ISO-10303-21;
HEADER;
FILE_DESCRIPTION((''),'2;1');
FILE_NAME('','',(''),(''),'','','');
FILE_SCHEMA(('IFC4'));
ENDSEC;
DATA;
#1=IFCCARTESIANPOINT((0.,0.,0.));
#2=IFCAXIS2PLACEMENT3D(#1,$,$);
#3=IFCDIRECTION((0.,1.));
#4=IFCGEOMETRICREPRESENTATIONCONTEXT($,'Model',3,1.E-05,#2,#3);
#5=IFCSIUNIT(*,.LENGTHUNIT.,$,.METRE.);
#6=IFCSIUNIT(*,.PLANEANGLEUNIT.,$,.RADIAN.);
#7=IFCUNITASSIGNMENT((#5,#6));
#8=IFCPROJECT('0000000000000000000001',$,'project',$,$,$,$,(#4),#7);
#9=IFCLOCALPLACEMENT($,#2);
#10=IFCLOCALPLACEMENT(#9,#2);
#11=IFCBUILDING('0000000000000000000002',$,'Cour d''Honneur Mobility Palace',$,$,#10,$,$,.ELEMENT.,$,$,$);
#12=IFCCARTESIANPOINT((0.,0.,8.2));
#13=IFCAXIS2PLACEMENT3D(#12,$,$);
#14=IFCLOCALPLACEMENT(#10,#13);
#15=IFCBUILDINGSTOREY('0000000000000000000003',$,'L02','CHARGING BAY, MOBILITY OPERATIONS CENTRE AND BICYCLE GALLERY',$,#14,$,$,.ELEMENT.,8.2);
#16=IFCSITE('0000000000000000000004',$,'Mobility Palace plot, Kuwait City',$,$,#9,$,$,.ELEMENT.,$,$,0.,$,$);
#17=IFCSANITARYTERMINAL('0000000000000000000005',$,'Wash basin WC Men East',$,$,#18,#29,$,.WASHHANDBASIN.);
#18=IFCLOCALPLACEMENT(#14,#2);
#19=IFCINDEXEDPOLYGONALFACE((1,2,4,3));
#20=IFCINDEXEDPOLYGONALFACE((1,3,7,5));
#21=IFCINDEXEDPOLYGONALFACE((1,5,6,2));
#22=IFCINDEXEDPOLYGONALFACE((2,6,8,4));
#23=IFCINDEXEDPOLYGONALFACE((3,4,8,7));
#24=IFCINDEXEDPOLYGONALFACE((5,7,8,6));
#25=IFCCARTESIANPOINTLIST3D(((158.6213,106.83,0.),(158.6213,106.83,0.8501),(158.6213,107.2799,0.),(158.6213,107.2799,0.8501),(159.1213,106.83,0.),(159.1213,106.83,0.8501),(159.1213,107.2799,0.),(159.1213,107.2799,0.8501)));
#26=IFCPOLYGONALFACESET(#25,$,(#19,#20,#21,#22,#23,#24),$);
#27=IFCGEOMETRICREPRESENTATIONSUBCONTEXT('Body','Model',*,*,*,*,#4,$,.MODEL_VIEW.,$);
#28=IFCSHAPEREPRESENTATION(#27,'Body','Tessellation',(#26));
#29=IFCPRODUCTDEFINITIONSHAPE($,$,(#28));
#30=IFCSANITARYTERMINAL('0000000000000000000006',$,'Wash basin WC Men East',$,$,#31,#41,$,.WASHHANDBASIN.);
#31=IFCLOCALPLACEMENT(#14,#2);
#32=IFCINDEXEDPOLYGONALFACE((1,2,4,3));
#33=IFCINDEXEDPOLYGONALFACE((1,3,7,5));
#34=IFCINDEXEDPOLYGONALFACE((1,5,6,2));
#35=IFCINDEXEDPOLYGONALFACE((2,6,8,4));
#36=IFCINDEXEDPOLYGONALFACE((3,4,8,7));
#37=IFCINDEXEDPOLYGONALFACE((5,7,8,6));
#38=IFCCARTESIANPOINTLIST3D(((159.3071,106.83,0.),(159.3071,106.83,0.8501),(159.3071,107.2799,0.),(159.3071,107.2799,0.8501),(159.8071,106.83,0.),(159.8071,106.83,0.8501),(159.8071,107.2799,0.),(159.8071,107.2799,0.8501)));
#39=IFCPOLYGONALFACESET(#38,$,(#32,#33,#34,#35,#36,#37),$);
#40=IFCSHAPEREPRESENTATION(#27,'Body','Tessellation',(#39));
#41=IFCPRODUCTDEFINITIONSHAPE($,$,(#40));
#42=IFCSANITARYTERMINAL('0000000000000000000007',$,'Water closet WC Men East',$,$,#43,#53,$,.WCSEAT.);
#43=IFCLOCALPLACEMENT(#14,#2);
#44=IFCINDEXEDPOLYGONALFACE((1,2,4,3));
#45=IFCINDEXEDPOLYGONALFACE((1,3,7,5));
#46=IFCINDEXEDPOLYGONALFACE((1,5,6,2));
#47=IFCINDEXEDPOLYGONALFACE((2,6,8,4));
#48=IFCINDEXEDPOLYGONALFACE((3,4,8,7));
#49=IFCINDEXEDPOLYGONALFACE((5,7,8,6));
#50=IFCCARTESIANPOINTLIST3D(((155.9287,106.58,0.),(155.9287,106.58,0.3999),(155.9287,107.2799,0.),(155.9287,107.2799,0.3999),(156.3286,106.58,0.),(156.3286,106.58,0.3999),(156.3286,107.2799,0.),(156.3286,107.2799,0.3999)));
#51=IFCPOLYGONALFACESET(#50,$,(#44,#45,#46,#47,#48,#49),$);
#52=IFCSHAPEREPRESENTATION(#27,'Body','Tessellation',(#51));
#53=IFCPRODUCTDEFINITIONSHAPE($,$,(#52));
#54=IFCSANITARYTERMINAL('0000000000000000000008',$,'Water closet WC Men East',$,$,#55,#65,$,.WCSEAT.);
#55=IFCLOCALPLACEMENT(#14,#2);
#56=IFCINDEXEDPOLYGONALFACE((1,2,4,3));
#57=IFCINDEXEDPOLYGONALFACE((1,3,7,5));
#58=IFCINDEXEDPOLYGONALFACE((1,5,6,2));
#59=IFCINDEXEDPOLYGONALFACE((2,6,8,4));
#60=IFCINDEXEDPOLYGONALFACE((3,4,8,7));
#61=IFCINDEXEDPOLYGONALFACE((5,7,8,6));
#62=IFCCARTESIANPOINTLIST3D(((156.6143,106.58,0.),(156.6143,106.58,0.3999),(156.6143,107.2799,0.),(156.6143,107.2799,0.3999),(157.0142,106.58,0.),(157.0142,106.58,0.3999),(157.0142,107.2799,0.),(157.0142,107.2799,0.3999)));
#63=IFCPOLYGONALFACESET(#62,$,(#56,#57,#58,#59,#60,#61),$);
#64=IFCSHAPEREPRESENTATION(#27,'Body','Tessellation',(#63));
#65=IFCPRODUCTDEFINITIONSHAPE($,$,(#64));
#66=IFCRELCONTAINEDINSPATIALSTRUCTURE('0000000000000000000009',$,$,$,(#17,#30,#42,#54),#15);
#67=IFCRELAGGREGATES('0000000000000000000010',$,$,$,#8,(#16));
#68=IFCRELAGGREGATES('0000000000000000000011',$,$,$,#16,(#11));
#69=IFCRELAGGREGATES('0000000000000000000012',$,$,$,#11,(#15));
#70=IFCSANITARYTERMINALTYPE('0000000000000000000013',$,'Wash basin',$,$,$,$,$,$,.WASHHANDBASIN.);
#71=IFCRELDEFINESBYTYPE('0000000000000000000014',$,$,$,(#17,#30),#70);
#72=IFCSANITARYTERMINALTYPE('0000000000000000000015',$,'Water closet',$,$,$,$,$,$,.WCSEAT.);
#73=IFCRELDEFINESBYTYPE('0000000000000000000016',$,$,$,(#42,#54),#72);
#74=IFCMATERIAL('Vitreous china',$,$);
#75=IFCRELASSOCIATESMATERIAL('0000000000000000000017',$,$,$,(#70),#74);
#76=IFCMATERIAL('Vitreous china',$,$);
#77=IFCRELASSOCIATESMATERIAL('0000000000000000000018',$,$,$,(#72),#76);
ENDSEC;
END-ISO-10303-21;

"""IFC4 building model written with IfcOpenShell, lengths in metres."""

from ifc_helpers import new_model, si_unit, direction, frame, origin, origin_2d, place, context, subcontext, project, spatial, rectangle, extrude, material, type_object, element, save


model = new_model("IFC4")

# Units and contexts
model_context = context("Model", 3, precision=1e-05, world=origin(), true_north=direction((0.0, 1.0)))
body_context = subcontext(model_context, "Body", "Model", "MODEL_VIEW")
ifc_project = project(units=[si_unit("LENGTHUNIT", "METRE"), si_unit("PLANEANGLEUNIT", "RADIAN")], contexts=[model_context])

# Site, building, storey
site_placement = place(None, origin())
site = spatial("IfcSite", under=ifc_project, at=site_placement, Name="Mobility Palace plot, Kuwait City", CompositionType="ELEMENT", RefElevation=0.0)
building_placement = place(site_placement, origin())
building = spatial("IfcBuilding", under=site, at=building_placement, Name="Cour d'Honneur Mobility Palace", CompositionType="ELEMENT")
storey_placement = place(building_placement, frame((0.0, 0.0, 8.2)))
storey = spatial("IfcBuildingStorey", under=building, at=storey_placement, Name="L02", Description="CHARGING BAY, MOBILITY OPERATIONS CENTRE AND BICYCLE GALLERY", CompositionType="ELEMENT", Elevation=8.2)

# Sanitary terminals
ifc_material_1 = material(Name="Vitreous china")
sanitary_terminal_type_1 = type_object("IfcSanitaryTerminalType", Name="Wash basin", PredefinedType="WASHHANDBASIN", material=ifc_material_1)
for number, where, z_axis, x_axis, name in (
    (1, (158.8713, 107.0549, 0.0), (0.0, 0.0, 1.0), (1.0, 0.0, 0.0), "Wash basin WC Men East"),
    (2, (159.5571, 107.0549, 0.0), (0.0, 0.0, 1.0), (1.0, 0.0, 0.0), "Wash basin WC Men East"),
):
    element("IfcSanitaryTerminal", number, at=place(storey_placement, frame(where, z_axis=z_axis, x_axis=x_axis)), inside=storey, type_object=sanitary_terminal_type_1, Name=name, PredefinedType="WASHHANDBASIN", context=body_context, shape_type="SweptSolid", body=[
        extrude(rectangle(XDim=0.5, YDim=0.45, at=origin_2d()), origin(), (0.0, 0.0, 1.0), 0.8501),
    ])
ifc_material_2 = material(Name="Vitreous china")
sanitary_terminal_type_2 = type_object("IfcSanitaryTerminalType", Name="Water closet", PredefinedType="WCSEAT", material=ifc_material_2)
for number, where, z_axis, x_axis, name in (
    (3, (156.1287, 106.9299, 0.0), (0.0, 0.0, 1.0), (1.0, 0.0, 0.0), "Water closet WC Men East"),
    (4, (156.8142, 106.9299, 0.0), (0.0, 0.0, 1.0), (1.0, 0.0, 0.0), "Water closet WC Men East"),
):
    element("IfcSanitaryTerminal", number, at=place(storey_placement, frame(where, z_axis=z_axis, x_axis=x_axis)), inside=storey, type_object=sanitary_terminal_type_2, Name=name, PredefinedType="WCSEAT", context=body_context, shape_type="SweptSolid", body=[
        extrude(rectangle(XDim=0.3999, YDim=0.7, at=origin_2d()), origin(), (0.0, 0.0, 1.0), 0.3999),
    ])

save(model, "model.ifc")
